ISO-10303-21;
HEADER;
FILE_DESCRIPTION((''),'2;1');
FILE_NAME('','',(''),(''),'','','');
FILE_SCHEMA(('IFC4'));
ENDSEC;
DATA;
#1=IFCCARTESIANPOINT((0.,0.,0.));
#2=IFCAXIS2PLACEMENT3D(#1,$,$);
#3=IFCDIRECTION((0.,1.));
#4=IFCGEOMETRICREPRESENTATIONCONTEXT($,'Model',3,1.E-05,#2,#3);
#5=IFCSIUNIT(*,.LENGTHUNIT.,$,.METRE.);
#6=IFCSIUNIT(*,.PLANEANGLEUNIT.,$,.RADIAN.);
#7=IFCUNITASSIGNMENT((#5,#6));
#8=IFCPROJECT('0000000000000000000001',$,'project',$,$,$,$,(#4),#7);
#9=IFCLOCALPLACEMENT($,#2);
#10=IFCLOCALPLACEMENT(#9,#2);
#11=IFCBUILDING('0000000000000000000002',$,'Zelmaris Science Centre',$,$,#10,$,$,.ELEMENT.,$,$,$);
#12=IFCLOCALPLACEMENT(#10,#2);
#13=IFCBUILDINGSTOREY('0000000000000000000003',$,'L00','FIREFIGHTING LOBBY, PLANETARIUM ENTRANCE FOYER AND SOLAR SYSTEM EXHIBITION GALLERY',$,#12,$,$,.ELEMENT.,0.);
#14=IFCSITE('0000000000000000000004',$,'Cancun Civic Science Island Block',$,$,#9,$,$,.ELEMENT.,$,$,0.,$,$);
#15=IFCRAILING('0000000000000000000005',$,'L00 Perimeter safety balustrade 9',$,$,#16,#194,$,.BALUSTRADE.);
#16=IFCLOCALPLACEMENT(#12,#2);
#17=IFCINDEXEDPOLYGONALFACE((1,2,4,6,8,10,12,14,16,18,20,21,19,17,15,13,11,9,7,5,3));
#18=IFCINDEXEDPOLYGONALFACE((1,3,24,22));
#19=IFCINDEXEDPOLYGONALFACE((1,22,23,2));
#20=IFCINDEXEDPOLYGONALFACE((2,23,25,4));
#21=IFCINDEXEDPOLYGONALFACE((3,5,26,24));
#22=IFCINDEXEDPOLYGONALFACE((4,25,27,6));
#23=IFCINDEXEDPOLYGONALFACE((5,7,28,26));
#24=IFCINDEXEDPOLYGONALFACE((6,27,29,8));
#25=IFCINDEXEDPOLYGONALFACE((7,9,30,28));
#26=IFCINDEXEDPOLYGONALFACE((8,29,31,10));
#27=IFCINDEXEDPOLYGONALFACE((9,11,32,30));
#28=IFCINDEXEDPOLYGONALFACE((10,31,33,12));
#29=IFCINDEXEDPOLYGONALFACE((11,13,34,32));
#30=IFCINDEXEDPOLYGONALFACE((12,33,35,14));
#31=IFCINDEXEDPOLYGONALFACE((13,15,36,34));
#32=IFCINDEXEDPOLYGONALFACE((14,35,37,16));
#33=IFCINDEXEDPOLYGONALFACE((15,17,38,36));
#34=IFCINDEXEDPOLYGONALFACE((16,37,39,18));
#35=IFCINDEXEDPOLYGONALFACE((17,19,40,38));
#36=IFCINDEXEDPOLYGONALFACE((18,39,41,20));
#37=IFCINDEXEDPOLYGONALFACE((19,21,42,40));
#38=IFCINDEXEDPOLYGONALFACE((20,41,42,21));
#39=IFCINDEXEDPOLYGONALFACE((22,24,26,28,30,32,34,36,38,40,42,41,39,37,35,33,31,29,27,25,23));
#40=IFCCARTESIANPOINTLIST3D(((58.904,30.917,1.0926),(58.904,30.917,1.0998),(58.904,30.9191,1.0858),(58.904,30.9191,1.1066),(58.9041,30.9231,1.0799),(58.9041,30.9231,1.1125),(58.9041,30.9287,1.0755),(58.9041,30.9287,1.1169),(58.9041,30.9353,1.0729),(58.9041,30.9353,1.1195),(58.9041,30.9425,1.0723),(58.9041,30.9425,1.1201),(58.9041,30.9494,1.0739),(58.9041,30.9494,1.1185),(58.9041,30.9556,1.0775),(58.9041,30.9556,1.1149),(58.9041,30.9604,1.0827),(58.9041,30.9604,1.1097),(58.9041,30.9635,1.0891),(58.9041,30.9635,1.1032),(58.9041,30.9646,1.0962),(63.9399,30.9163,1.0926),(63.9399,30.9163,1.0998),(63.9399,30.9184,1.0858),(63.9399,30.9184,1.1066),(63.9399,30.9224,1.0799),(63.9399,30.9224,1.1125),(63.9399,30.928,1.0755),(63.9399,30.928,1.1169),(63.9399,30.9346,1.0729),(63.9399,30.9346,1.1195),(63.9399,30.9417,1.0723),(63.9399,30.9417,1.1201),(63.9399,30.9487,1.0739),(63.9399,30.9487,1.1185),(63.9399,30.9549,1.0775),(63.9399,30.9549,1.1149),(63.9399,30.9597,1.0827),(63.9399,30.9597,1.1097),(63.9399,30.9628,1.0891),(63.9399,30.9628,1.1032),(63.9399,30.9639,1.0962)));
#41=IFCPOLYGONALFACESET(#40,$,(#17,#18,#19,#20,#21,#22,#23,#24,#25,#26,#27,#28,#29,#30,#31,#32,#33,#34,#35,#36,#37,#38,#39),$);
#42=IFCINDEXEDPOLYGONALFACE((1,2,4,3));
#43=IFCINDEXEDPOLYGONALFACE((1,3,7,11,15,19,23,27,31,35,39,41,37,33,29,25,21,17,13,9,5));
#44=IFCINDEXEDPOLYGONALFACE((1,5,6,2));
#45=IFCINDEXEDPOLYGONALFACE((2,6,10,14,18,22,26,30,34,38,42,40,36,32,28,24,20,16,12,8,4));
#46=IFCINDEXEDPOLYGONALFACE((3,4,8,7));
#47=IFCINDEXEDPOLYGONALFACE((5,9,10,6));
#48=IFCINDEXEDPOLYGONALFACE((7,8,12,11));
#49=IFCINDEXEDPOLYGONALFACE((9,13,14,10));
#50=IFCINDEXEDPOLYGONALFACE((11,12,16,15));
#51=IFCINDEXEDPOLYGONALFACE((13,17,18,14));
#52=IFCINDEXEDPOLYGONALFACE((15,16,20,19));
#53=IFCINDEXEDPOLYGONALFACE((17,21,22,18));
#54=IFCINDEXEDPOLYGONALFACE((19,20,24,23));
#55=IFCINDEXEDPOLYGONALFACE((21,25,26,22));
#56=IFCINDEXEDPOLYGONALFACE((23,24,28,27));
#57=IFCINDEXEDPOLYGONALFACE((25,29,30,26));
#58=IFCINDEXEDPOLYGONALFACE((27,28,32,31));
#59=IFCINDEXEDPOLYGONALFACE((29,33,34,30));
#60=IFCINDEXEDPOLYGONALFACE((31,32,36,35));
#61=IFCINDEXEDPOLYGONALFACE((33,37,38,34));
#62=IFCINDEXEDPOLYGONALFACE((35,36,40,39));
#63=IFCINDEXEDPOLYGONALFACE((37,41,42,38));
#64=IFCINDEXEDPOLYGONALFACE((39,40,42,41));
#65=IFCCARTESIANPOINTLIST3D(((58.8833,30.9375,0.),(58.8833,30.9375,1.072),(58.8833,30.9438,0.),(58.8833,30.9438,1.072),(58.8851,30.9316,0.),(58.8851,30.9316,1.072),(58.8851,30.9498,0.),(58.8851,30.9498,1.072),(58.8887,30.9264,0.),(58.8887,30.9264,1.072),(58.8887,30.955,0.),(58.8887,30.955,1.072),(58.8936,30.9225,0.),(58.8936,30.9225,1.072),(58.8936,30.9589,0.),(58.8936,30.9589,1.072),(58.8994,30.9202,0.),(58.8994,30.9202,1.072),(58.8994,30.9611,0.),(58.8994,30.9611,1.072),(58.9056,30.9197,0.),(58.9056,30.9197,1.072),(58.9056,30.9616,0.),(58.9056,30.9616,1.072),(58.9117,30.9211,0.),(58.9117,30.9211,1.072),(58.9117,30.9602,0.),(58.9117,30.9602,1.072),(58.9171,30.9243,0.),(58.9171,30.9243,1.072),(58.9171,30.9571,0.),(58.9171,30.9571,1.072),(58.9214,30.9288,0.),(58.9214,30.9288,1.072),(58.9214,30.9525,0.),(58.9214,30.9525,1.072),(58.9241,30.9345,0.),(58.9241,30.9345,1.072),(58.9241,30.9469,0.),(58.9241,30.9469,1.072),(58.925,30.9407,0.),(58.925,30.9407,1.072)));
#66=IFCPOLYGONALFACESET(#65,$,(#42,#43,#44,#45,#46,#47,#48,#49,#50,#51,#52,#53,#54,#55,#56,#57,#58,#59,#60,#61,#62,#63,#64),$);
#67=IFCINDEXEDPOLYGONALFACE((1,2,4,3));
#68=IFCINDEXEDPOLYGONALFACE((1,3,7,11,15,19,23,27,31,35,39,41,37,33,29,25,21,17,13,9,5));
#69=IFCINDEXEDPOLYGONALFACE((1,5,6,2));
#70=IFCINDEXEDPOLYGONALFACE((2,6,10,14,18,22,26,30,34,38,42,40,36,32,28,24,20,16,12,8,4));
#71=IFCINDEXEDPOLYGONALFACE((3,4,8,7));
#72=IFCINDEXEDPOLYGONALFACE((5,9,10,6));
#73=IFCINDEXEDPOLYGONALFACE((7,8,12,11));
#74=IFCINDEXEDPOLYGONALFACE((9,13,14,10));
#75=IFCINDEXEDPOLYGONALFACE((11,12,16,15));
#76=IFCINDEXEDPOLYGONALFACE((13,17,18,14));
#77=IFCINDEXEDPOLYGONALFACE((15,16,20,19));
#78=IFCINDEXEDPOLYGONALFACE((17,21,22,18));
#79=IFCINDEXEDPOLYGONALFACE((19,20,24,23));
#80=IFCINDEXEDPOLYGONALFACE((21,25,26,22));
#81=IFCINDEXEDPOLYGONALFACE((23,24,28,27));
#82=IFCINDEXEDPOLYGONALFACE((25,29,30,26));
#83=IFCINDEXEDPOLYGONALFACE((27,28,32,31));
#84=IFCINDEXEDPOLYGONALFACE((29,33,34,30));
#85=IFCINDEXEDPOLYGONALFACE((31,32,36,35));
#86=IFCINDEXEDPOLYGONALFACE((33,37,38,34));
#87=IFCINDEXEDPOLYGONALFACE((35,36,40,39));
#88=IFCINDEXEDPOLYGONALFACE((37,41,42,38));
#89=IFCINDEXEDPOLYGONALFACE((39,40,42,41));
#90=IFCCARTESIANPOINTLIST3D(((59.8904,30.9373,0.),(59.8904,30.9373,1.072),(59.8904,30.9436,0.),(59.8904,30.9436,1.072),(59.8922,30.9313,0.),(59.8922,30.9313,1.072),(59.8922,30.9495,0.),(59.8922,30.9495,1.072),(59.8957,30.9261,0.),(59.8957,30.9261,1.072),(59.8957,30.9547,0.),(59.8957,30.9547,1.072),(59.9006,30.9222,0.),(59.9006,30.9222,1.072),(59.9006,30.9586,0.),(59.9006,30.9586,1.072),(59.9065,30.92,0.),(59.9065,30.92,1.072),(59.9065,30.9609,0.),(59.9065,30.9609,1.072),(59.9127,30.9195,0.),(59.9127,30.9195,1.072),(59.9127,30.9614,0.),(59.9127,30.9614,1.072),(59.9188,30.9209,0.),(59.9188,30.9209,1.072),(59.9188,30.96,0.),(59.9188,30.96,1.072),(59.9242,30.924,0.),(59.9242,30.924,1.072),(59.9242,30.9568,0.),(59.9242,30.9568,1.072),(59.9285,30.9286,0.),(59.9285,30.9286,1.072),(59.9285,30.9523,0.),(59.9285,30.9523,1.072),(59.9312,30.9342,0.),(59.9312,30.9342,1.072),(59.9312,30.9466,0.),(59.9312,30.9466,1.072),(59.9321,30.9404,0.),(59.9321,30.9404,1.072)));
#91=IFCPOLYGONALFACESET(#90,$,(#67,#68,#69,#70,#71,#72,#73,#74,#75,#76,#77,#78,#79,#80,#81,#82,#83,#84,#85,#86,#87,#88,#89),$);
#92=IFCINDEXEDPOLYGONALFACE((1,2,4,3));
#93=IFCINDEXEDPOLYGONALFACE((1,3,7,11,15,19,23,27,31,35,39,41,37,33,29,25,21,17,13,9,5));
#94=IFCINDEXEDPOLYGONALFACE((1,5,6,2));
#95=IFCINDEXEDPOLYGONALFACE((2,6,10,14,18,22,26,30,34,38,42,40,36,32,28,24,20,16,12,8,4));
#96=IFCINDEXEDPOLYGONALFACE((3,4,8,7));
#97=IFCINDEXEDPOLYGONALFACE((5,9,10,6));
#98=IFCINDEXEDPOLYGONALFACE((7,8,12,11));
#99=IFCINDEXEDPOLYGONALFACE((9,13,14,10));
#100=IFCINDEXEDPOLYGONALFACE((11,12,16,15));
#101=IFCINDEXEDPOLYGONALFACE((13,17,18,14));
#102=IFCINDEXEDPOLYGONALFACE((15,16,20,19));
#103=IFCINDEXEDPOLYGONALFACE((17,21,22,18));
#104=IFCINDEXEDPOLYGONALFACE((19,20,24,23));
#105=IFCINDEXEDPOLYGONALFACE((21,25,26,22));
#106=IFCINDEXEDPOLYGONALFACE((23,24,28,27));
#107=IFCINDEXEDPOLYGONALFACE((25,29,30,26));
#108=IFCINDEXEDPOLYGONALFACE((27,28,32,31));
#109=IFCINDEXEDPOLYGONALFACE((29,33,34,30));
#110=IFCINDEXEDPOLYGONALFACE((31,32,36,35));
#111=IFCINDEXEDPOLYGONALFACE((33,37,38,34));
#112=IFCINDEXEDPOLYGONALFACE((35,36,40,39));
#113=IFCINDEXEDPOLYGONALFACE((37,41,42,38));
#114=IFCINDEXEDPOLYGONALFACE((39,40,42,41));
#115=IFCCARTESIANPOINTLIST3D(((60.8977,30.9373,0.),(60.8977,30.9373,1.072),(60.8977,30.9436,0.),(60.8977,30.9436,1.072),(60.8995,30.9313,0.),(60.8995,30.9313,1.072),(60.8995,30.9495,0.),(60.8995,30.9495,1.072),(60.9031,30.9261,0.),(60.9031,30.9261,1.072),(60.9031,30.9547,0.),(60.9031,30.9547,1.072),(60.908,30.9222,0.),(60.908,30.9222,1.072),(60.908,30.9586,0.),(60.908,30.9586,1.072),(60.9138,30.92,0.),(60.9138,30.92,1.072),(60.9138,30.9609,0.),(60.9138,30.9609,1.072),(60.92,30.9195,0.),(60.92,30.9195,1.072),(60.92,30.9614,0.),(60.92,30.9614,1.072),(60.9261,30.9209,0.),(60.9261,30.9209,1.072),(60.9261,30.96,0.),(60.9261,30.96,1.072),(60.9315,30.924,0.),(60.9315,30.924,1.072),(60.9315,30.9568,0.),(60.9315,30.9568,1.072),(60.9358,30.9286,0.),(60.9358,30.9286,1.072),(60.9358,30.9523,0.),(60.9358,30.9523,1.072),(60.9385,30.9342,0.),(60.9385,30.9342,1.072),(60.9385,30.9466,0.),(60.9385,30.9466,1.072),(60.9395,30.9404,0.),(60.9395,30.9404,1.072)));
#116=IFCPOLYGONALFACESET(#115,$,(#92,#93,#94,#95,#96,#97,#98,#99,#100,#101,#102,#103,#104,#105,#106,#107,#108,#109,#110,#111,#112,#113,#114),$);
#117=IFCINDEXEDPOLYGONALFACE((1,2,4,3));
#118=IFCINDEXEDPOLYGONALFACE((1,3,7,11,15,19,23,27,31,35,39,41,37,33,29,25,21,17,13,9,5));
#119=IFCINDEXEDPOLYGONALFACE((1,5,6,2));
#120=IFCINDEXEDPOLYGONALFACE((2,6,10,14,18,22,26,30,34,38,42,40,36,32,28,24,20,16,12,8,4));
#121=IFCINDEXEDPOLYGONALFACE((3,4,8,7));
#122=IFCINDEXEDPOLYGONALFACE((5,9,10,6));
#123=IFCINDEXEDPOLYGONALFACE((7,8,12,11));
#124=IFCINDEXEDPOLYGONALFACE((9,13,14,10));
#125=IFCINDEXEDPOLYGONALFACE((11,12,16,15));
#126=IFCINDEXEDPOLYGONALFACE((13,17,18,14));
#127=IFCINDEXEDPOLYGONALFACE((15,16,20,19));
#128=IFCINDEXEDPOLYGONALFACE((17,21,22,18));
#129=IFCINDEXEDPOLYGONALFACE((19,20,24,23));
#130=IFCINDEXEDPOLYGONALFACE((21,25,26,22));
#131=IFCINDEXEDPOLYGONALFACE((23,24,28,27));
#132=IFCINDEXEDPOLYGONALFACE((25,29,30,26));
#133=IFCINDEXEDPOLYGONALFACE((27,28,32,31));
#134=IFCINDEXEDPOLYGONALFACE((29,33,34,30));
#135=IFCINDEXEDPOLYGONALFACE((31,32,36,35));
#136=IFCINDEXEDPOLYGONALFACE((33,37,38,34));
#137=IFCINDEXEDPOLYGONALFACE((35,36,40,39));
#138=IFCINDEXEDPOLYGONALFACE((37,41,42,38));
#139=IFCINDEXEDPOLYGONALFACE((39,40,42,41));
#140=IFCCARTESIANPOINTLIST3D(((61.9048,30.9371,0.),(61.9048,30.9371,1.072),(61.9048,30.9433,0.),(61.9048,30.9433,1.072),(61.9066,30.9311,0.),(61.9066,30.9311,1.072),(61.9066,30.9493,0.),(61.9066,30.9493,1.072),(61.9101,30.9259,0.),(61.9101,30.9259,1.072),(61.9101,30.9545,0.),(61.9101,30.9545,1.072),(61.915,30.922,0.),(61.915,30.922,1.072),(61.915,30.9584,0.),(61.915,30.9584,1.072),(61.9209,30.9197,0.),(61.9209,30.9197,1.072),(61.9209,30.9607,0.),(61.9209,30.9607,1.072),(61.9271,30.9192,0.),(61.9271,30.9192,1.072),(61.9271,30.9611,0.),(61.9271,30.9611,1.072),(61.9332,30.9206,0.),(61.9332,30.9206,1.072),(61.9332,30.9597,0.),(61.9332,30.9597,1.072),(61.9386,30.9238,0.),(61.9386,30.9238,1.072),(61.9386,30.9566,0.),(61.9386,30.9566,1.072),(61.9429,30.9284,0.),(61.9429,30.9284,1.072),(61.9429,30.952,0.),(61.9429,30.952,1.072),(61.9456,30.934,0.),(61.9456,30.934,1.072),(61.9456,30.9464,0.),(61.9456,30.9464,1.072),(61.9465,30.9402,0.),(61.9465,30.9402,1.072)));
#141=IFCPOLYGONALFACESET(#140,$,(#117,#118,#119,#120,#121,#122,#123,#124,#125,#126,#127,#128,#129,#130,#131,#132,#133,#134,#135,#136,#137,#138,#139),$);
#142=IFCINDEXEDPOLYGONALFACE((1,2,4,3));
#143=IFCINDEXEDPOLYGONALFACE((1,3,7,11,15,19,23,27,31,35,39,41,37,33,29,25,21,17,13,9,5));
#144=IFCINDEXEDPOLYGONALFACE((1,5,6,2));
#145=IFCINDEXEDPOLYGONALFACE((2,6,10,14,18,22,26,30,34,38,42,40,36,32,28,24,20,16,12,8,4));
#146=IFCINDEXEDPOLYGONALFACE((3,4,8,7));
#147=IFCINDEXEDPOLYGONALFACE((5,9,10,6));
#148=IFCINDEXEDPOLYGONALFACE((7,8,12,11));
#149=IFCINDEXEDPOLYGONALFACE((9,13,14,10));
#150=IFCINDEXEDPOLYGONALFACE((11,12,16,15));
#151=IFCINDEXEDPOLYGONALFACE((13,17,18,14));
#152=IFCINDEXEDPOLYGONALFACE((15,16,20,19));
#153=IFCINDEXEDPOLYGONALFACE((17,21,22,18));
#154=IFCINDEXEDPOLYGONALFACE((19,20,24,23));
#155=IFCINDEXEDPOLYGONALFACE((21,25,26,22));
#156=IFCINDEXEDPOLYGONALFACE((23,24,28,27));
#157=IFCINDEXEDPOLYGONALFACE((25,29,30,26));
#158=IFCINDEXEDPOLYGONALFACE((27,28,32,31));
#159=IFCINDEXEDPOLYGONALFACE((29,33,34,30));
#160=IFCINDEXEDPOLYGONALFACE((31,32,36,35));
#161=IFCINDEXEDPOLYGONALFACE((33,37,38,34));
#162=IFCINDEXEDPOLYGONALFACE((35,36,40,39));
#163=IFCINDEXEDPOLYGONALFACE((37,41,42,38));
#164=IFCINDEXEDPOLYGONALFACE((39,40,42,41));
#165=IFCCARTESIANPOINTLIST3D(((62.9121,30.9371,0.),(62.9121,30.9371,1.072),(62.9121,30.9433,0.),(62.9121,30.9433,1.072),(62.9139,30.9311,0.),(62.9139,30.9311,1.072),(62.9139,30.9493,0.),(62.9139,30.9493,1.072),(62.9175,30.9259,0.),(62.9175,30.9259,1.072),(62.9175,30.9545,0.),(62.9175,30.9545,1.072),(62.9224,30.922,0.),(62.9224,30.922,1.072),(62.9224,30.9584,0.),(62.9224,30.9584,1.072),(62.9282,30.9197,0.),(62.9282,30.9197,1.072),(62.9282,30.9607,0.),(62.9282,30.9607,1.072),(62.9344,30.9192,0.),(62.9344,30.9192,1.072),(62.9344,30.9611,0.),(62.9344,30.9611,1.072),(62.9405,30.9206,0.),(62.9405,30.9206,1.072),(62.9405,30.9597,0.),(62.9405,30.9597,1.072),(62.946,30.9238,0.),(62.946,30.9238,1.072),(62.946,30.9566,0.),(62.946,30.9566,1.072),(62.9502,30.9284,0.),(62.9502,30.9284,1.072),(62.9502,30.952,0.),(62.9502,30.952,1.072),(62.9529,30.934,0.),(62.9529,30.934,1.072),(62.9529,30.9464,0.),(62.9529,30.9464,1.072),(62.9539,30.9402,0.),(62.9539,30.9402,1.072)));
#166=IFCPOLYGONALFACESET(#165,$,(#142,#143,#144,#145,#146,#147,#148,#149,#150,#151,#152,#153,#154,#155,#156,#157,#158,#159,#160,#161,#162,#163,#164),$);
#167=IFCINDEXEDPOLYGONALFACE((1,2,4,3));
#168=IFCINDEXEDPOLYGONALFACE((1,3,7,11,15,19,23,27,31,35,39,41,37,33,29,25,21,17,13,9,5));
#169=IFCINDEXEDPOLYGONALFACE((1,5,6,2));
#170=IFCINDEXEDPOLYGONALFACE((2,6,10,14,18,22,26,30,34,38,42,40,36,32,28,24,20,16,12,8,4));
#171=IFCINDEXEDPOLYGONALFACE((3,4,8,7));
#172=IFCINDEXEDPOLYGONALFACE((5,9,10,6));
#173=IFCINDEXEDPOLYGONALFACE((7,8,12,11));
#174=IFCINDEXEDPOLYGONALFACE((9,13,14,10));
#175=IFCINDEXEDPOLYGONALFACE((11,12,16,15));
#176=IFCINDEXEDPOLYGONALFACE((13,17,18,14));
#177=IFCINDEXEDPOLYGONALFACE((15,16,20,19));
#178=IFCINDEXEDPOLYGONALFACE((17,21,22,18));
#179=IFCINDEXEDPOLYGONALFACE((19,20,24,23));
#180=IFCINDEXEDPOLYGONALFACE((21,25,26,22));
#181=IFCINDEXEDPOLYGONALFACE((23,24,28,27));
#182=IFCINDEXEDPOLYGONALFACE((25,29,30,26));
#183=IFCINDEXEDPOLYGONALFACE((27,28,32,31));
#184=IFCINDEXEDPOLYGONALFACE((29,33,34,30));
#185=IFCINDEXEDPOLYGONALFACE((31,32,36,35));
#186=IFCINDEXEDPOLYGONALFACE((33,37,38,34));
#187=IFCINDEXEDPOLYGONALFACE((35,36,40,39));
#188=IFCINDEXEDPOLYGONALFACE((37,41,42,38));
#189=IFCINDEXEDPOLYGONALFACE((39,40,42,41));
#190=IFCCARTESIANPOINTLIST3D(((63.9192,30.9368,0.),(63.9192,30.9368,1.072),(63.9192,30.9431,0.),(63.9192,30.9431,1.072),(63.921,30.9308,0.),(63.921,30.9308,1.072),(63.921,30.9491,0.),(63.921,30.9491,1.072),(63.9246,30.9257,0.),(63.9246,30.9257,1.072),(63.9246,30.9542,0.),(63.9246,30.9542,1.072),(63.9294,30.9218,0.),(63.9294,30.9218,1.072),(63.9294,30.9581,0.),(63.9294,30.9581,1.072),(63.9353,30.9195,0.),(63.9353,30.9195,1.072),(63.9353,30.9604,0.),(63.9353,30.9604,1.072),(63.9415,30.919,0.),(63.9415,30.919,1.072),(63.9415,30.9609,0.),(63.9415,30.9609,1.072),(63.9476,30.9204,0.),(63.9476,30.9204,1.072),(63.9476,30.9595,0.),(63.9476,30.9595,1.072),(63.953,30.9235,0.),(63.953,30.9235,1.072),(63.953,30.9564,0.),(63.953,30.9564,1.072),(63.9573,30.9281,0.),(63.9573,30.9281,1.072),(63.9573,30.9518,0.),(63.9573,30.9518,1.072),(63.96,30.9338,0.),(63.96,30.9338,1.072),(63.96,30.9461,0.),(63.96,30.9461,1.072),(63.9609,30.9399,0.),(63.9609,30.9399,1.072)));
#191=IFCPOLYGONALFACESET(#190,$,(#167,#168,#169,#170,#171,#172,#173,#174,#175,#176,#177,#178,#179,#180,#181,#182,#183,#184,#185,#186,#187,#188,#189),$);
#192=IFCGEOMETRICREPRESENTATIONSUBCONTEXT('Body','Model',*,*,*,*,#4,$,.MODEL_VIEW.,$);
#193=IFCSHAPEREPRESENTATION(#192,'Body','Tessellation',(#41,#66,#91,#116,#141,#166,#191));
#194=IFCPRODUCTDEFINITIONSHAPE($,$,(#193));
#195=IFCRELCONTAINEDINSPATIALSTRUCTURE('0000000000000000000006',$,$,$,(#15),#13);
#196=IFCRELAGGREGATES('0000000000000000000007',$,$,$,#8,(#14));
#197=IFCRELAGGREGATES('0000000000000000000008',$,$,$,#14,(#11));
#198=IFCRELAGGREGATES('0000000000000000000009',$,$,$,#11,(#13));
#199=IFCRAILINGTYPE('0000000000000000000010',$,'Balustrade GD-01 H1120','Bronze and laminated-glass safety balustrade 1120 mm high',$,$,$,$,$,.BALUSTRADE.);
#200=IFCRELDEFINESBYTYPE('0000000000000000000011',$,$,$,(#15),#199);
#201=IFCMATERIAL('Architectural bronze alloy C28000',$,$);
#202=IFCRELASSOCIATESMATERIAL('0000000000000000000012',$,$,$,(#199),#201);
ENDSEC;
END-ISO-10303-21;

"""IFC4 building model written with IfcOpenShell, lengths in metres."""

from ifc_helpers import new_model, si_unit, direction, frame, origin, origin_2d, place, context, subcontext, project, spatial, circle, extrude, material, type_object, element, save


model = new_model("IFC4")

# Units and contexts
model_context = context("Model", 3, precision=1e-05, world=origin(), true_north=direction((0.0, 1.0)))
body_context = subcontext(model_context, "Body", "Model", "MODEL_VIEW")
ifc_project = project(units=[si_unit("LENGTHUNIT", "METRE"), si_unit("PLANEANGLEUNIT", "RADIAN")], contexts=[model_context])

# Site, building, storey
site_placement = place(None, origin())
site = spatial("IfcSite", under=ifc_project, at=site_placement, Name="Cancun Civic Science Island Block", CompositionType="ELEMENT", RefElevation=0.0)
building_placement = place(site_placement, origin())
building = spatial("IfcBuilding", under=site, at=building_placement, Name="Zelmaris Science Centre", CompositionType="ELEMENT")
storey_placement = place(building_placement, origin())
storey = spatial("IfcBuildingStorey", under=building, at=storey_placement, Name="L00", Description="FIREFIGHTING LOBBY, PLANETARIUM ENTRANCE FOYER AND SOLAR SYSTEM EXHIBITION GALLERY", CompositionType="ELEMENT", Elevation=0.0)

# Railing
ifc_material_1 = material(Name="Architectural bronze alloy C28000")
railing_type = type_object("IfcRailingType", Name="Balustrade GD-01 H1120", Description="Bronze and laminated-glass safety balustrade 1120 mm high", PredefinedType="BALUSTRADE", material=ifc_material_1)
railing_1_placement = place(storey_placement, frame((58.9041, 30.9407, 0.0)))
element("IfcRailing", 1, at=railing_1_placement, inside=storey, type_object=railing_type, Name="L00 Perimeter safety balustrade 9", PredefinedType="BALUSTRADE", context=body_context, shape_type="SweptSolid", body=[
    extrude(circle(Radius=0.0239, at=origin_2d()), frame((0.0, 0.0, 1.0962), z_axis=(1.0, -0.000145, 0.0), x_axis=(0.000145, 1.0, 0.0)), (0.0, 0.0, 1.0), 5.0359),
    extrude(circle(Radius=0.021, at=origin_2d()), origin(), (0.0, 0.0, 1.0), 1.072),
    extrude(circle(Radius=0.021, at=origin_2d()), frame((1.0071, -0.0002, 0.0)), (0.0, 0.0, 1.0), 1.072),
    extrude(circle(Radius=0.021, at=origin_2d()), frame((2.0144, -0.0002, 0.0)), (0.0, 0.0, 1.0), 1.072),
    extrude(circle(Radius=0.021, at=origin_2d()), frame((3.0215, -0.0005, 0.0)), (0.0, 0.0, 1.0), 1.072),
    extrude(circle(Radius=0.021, at=origin_2d()), frame((4.0288, -0.0005, 0.0)), (0.0, 0.0, 1.0), 1.072),
    extrude(circle(Radius=0.021, at=origin_2d()), frame((5.0359, -0.0007, 0.0)), (0.0, 0.0, 1.0), 1.072),
])

save(model, "model.ifc")
